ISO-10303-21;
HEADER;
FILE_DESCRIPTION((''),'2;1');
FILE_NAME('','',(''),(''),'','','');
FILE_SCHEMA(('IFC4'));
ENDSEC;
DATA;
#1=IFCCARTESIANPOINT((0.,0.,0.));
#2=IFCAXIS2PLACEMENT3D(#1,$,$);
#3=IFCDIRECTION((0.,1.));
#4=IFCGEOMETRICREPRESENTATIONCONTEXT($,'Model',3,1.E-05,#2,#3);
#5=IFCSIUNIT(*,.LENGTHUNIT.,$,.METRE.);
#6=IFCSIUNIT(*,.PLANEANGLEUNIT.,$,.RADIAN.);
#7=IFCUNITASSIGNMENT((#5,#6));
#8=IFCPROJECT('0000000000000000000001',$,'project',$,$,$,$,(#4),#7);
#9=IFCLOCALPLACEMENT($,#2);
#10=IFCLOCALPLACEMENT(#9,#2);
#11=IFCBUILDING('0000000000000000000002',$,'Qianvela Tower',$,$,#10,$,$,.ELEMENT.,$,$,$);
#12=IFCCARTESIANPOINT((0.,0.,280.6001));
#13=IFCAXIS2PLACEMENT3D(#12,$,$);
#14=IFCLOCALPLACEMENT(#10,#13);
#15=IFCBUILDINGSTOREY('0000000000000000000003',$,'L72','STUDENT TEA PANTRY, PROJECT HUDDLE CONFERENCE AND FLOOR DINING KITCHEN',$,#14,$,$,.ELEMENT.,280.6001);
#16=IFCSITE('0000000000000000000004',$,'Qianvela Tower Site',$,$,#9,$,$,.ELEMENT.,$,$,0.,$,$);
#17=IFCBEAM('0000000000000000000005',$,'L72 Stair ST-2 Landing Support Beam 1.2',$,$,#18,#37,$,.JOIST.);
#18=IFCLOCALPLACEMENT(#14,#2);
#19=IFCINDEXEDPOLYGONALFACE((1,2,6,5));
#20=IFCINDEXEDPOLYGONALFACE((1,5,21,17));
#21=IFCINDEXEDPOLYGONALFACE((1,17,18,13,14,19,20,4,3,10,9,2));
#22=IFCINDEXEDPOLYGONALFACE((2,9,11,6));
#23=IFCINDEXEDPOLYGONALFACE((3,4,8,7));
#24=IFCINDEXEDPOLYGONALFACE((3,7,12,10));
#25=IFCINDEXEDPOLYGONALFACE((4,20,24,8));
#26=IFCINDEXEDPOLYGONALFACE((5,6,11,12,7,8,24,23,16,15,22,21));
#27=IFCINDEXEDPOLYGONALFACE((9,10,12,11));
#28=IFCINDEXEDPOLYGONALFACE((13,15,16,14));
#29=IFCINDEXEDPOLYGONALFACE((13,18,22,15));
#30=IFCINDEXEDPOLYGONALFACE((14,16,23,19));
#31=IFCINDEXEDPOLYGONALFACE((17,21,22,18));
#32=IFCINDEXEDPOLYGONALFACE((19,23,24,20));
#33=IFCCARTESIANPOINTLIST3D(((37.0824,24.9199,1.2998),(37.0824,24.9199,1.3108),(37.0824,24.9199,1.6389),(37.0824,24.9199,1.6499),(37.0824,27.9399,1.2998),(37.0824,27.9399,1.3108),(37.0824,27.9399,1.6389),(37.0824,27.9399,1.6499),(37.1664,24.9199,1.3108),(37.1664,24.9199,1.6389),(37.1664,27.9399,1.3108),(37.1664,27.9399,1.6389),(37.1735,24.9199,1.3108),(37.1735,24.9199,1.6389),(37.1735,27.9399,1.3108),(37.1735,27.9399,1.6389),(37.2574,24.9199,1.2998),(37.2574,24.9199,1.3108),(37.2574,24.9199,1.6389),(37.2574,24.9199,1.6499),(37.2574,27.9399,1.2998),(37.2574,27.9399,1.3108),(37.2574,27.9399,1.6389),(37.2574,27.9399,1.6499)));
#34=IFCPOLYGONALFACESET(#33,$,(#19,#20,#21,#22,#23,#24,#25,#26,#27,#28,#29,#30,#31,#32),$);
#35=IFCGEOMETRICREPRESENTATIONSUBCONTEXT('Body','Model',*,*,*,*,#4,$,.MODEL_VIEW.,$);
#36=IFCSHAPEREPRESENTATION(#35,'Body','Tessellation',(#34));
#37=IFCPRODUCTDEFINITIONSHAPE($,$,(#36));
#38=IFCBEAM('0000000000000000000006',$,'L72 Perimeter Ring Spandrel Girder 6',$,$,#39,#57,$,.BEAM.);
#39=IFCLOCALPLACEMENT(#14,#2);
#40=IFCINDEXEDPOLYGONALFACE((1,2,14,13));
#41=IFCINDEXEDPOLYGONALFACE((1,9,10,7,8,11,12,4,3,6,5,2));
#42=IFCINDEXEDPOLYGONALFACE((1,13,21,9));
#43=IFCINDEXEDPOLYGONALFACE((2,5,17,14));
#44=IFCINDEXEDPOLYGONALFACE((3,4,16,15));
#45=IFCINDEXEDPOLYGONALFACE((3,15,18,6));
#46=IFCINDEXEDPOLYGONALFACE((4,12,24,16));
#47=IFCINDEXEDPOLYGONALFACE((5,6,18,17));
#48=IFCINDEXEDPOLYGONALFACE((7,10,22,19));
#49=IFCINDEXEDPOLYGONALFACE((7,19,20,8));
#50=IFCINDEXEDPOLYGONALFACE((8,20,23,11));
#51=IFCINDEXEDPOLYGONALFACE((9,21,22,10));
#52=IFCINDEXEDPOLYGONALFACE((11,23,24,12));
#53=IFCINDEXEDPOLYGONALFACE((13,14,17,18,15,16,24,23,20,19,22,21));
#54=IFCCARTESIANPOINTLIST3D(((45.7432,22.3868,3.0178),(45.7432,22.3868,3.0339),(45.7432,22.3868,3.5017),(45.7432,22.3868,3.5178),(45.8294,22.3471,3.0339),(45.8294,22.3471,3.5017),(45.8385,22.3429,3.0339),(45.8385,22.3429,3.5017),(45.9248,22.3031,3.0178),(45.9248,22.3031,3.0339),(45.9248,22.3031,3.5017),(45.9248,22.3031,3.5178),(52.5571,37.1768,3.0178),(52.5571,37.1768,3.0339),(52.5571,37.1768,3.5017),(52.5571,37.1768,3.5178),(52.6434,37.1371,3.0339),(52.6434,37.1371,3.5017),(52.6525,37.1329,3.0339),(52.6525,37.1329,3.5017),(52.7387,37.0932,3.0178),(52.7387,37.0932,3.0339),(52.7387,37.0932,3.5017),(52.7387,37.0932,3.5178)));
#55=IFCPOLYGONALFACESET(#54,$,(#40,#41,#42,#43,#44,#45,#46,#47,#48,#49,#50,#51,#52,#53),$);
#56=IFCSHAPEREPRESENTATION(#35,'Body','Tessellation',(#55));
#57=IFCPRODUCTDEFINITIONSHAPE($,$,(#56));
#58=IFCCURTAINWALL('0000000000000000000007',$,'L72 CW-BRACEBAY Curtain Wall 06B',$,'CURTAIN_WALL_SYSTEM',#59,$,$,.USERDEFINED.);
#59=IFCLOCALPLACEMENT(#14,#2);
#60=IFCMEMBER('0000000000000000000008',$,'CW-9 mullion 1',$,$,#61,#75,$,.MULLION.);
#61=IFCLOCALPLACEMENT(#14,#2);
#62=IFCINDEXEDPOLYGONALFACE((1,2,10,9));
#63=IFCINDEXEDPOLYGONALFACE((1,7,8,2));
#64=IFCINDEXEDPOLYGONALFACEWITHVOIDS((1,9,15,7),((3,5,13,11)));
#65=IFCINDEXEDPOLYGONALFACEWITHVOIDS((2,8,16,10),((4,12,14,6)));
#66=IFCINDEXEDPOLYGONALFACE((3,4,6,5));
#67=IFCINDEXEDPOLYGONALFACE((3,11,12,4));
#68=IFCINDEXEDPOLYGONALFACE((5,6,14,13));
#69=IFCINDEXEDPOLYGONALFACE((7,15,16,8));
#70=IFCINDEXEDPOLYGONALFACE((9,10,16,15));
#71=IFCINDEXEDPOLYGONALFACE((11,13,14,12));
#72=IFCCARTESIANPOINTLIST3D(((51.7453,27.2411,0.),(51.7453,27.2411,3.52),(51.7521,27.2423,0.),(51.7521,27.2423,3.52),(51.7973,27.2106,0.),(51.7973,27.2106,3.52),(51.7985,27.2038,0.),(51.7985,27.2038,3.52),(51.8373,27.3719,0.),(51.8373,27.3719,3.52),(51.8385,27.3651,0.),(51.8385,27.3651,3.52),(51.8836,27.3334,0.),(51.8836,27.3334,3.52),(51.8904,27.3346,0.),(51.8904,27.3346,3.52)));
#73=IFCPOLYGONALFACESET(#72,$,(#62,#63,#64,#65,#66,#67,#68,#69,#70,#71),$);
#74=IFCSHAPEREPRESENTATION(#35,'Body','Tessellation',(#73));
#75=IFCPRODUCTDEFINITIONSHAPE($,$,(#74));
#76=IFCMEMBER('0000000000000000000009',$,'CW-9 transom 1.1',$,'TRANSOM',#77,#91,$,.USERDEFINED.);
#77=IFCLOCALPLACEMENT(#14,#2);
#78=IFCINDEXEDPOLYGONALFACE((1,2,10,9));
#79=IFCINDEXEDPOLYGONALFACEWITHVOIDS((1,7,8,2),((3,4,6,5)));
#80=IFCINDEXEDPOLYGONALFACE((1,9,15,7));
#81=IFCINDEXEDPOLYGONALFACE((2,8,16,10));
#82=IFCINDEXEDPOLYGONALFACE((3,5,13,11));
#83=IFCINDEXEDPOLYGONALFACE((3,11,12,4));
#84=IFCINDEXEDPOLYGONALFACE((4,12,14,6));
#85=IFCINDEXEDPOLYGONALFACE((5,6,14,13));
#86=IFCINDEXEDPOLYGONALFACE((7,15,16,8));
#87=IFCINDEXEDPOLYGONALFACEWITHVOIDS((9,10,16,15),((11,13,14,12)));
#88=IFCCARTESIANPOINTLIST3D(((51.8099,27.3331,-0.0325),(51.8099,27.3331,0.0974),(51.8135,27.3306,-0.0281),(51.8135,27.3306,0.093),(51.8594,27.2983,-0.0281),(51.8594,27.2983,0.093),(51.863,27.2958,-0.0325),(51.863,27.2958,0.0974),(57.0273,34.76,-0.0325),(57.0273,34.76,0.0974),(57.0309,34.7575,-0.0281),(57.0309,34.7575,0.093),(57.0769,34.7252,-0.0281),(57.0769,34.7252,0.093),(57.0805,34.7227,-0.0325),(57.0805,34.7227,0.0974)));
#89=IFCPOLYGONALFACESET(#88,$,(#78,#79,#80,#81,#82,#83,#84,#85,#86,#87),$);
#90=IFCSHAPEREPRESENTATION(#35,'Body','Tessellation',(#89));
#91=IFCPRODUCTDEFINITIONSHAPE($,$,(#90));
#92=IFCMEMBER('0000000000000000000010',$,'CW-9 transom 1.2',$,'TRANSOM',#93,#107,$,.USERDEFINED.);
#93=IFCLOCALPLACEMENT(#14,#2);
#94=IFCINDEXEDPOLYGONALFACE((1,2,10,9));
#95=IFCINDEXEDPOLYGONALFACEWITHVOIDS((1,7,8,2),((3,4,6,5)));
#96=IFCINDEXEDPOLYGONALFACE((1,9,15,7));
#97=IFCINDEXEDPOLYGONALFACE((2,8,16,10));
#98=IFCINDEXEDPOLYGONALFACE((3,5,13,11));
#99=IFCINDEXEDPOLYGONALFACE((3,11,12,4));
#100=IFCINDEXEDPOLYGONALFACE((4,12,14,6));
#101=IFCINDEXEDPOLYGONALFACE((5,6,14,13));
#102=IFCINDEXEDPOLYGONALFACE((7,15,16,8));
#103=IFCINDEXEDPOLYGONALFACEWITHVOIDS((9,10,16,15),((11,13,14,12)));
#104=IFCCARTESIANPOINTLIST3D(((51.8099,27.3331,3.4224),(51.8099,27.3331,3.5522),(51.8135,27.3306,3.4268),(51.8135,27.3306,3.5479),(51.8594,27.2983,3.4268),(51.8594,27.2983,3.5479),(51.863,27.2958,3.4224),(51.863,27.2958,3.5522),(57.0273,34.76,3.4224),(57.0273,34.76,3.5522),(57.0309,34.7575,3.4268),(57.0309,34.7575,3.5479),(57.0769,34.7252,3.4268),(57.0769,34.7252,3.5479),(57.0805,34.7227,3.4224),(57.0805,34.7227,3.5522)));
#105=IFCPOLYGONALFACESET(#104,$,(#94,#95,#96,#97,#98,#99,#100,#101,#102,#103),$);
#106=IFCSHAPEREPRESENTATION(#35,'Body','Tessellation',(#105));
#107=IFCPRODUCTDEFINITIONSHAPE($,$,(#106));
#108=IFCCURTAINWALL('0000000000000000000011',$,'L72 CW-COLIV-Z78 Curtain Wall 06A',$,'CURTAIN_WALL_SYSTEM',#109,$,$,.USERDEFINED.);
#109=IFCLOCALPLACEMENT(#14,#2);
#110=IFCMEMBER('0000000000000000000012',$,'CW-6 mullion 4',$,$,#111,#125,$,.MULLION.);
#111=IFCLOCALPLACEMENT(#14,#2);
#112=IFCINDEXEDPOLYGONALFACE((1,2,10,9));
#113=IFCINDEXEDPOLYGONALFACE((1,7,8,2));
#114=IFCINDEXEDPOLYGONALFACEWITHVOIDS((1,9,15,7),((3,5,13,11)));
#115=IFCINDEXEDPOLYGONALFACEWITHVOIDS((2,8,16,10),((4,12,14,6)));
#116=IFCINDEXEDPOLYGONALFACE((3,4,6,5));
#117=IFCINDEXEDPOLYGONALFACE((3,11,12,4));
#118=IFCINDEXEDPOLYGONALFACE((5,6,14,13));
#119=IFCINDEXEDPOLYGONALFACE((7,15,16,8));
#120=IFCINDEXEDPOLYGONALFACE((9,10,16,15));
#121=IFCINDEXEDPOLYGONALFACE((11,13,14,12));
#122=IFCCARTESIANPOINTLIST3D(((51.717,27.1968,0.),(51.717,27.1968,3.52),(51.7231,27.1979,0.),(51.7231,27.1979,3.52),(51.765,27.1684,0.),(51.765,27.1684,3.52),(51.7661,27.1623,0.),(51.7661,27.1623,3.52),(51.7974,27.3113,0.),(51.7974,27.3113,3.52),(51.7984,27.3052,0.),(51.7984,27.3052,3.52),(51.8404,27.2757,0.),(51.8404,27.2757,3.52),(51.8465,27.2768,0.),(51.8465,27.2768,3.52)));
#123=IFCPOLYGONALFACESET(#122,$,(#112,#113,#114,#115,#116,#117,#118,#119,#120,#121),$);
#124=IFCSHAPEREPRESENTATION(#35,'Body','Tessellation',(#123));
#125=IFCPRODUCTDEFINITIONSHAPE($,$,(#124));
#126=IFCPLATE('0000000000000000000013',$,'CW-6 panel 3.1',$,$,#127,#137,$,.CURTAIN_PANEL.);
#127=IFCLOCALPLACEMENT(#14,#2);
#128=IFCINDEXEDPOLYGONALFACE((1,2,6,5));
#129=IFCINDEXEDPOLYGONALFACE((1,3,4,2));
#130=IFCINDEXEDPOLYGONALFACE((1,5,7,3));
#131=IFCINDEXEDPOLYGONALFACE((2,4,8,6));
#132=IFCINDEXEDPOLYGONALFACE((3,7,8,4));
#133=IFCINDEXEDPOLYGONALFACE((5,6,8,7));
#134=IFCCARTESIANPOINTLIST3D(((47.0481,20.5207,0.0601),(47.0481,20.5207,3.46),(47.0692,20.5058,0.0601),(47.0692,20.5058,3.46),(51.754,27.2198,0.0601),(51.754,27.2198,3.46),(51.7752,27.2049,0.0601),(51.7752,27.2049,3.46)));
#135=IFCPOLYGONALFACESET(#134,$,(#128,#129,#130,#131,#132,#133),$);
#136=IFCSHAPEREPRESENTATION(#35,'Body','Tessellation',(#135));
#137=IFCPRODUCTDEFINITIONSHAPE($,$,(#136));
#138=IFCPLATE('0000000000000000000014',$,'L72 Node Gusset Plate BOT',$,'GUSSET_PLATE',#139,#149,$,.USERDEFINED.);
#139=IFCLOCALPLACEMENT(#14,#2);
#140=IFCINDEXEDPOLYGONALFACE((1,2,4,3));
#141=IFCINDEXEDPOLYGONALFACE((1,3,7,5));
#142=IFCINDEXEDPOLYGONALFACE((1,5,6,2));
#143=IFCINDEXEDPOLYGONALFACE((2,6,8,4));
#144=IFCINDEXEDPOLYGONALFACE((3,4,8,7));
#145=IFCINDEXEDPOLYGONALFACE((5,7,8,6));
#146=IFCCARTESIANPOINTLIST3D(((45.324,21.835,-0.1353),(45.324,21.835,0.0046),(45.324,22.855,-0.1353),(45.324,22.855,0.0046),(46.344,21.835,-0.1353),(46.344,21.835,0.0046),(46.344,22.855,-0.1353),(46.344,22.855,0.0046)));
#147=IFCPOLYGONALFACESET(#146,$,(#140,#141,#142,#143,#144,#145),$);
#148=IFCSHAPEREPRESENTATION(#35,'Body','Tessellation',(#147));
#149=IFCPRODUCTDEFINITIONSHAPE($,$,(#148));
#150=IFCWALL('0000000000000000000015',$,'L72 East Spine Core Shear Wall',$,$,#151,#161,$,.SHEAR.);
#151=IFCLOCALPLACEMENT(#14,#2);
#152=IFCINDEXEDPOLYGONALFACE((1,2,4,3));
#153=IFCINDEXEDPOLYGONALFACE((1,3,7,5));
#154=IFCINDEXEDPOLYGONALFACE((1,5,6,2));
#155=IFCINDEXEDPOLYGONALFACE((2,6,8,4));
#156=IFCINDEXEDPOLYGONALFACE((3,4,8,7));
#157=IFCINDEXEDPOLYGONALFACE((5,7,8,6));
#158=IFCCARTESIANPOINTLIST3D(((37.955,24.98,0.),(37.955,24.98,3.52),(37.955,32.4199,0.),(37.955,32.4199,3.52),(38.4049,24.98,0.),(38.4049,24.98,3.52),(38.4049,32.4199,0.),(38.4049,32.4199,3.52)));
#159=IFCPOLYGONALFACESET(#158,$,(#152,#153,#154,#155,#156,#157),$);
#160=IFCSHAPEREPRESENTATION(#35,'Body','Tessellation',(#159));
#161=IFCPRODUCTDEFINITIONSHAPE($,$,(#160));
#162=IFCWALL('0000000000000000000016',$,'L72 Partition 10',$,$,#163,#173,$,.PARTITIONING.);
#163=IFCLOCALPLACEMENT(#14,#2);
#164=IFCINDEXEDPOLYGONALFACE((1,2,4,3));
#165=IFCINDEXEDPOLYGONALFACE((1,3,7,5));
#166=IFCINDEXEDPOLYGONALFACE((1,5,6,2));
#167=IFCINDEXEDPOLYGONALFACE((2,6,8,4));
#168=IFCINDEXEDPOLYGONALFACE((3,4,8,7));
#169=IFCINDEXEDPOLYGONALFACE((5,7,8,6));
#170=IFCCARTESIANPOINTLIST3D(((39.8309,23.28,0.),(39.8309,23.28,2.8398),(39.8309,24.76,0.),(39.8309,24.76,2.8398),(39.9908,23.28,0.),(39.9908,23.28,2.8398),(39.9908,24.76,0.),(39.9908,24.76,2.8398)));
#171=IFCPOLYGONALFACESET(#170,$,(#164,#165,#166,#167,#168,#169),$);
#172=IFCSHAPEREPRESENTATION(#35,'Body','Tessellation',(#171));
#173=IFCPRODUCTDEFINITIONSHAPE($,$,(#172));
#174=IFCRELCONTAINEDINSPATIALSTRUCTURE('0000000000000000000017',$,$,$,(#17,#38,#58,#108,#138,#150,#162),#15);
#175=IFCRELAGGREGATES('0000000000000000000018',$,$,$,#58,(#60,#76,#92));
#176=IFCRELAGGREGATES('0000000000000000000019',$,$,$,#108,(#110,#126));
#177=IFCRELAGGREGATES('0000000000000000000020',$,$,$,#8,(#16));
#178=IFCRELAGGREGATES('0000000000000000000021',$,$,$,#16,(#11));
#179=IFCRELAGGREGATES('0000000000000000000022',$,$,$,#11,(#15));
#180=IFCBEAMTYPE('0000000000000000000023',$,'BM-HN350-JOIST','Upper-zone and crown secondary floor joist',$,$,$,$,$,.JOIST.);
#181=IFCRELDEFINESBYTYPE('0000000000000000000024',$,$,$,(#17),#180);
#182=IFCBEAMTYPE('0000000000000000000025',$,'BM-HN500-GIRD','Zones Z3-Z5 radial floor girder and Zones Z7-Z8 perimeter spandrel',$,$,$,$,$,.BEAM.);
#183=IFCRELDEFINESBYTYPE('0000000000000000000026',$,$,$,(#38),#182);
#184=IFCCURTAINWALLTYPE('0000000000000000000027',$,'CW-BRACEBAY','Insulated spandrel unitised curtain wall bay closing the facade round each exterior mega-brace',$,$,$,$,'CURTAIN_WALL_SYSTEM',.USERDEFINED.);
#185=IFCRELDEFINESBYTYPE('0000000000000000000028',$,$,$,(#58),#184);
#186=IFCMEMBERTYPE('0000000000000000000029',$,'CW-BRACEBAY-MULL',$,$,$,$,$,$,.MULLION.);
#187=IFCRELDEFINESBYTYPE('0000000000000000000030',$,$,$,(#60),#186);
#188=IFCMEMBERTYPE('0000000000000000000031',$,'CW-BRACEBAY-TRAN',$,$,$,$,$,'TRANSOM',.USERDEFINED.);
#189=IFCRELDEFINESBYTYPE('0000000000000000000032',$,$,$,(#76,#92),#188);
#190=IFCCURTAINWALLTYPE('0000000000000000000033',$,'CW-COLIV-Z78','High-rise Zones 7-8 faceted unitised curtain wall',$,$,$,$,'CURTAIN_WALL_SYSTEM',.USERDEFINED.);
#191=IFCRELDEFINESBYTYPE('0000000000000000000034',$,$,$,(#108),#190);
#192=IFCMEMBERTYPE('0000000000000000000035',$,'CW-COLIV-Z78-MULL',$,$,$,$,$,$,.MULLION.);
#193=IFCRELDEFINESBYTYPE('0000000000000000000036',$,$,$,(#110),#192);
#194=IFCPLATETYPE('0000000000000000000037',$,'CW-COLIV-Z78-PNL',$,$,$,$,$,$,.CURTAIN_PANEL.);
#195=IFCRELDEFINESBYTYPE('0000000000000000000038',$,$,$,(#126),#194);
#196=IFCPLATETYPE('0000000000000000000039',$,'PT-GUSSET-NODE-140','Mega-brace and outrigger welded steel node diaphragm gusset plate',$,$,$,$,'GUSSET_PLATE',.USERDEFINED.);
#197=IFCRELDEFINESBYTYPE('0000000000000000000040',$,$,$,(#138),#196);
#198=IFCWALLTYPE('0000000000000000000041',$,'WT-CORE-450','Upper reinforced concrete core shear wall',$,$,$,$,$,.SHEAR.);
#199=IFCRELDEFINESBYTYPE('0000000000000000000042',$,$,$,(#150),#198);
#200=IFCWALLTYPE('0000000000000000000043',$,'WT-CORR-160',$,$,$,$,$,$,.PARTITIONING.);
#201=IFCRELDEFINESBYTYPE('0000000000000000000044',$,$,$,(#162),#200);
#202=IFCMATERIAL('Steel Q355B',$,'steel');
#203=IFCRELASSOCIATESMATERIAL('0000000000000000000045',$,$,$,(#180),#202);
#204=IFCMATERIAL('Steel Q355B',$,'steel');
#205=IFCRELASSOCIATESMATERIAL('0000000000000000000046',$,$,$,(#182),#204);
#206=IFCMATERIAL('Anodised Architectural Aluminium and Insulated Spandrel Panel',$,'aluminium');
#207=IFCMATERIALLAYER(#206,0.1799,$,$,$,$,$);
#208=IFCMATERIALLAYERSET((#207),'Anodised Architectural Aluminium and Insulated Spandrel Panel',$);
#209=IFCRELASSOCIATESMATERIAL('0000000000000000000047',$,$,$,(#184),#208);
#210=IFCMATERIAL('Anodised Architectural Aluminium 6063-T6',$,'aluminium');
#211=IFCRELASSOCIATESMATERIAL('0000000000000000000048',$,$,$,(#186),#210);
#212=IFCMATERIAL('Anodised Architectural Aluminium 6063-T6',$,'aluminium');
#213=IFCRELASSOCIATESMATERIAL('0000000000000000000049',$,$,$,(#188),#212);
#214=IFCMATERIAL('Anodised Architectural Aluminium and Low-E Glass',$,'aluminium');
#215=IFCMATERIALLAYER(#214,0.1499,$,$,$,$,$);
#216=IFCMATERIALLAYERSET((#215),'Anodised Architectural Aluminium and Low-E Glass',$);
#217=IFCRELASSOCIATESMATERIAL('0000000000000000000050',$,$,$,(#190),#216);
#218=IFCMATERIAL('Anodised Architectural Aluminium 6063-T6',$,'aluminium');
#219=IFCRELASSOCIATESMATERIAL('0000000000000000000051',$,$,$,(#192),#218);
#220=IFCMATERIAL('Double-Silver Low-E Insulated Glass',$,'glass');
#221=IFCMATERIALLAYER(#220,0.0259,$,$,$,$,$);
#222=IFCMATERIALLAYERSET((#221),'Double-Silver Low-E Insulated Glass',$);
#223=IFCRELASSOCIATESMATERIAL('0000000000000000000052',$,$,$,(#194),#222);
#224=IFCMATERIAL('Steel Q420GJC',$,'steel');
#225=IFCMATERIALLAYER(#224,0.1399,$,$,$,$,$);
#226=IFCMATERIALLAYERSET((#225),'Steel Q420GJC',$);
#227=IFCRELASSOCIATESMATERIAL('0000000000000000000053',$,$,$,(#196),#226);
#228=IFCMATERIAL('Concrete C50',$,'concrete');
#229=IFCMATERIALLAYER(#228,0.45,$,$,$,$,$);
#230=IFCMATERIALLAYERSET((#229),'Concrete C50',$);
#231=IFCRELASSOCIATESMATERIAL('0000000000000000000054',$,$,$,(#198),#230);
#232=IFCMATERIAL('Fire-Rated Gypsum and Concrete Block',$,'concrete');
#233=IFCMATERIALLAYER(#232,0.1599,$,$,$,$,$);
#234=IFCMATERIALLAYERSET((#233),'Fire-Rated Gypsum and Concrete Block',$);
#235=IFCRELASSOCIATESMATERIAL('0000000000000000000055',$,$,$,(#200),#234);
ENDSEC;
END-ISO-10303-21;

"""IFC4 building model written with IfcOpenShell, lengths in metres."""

from ifc_helpers import new_model, si_unit, direction, frame, frame_2d, origin, origin_2d, place, context, subcontext, project, spatial, rectangle, hollow_rectangle, i_section, extrude, material, layer, layer_set, material_profile, profile_set, type_object, element, aggregate, save


model = new_model("IFC4")

# Units and contexts
model_context = context("Model", 3, precision=1e-05, world=origin(), true_north=direction((0.0, 1.0)))
body_context = subcontext(model_context, "Body", "Model", "MODEL_VIEW")
ifc_project = project(units=[si_unit("LENGTHUNIT", "METRE"), si_unit("PLANEANGLEUNIT", "RADIAN")], contexts=[model_context])

# Site, building, storey
site_placement = place(None, origin())
site = spatial("IfcSite", under=ifc_project, at=site_placement, Name="Qianvela Tower Site", CompositionType="ELEMENT", RefElevation=0.0)
building_placement = place(site_placement, origin())
building = spatial("IfcBuilding", under=site, at=building_placement, Name="Qianvela Tower", CompositionType="ELEMENT")
storey_placement = place(building_placement, frame((0.0, 0.0, 280.6001)))
storey = spatial("IfcBuildingStorey", under=building, at=storey_placement, Name="L72", Description="STUDENT TEA PANTRY, PROJECT HUDDLE CONFERENCE AND FLOOR DINING KITCHEN", CompositionType="ELEMENT", Elevation=280.6001)

# Beams
ifc_material_1 = material(Name="Steel Q355B", Category="steel")
ifc_material_profile_1 = material_profile(ifc_material_1, i_section(OverallWidth=0.175, OverallDepth=0.3501, WebThickness=0.0071, FlangeThickness=0.011, at=origin_2d()), Name="HN350x175x7x11")
ifc_profile_set_1 = profile_set([ifc_material_profile_1], Name="Steel Q355B")
beam_type_1 = type_object("IfcBeamType", Name="BM-HN350-JOIST", Description="Upper-zone and crown secondary floor joist", PredefinedType="JOIST", material=ifc_profile_set_1)
for number, where, z_axis, x_axis, name in (
    (1, (37.1699, 24.9199, 1.4749), (0.0, 1.0, 0.0), (-1.0, 0.0, 0.0), "L72 Stair ST-2 Landing Support Beam 1.2"),
):
    element("IfcBeam", number, at=place(storey_placement, frame(where, z_axis=z_axis, x_axis=x_axis)), inside=storey, type_object=beam_type_1, Name=name, PredefinedType="JOIST", context=body_context, shape_type="SweptSolid", body=[
        extrude(i_section(OverallWidth=0.175, OverallDepth=0.3501, WebThickness=0.0071, FlangeThickness=0.011, at=origin_2d()), origin(), (0.0, 0.0, 1.0), 3.02),
    ])
ifc_material_2 = material(Name="Steel Q355B", Category="steel")
ifc_material_profile_2 = material_profile(ifc_material_2, i_section(OverallWidth=0.2, OverallDepth=0.5, WebThickness=0.01, FlangeThickness=0.0161, at=origin_2d()), Name="HN500x200x10x16")
ifc_profile_set_2 = profile_set([ifc_material_profile_2], Name="Steel Q355B")
beam_type_2 = type_object("IfcBeamType", Name="BM-HN500-GIRD", Description="Zones Z3-Z5 radial floor girder and Zones Z7-Z8 perimeter spandrel", PredefinedType="BEAM", material=ifc_profile_set_2)
beam_placement = place(storey_placement, frame((45.834, 22.345, 3.2678), z_axis=(0.41844, 0.908244, 0.0), x_axis=(-0.908244, 0.41844, 0.0)))
element("IfcBeam", 2, at=beam_placement, inside=storey, type_object=beam_type_2, Name="L72 Perimeter Ring Spandrel Girder 6", PredefinedType="BEAM", context=body_context, shape_type="SweptSolid", body=[
    extrude(i_section(OverallWidth=0.2, OverallDepth=0.5, WebThickness=0.01, FlangeThickness=0.0161, at=origin_2d()), origin(), (0.0, 0.0, 1.0), 16.2842),
])

# Curtain wall, members
ifc_material_3 = material(Name="Anodised Architectural Aluminium and Insulated Spandrel Panel", Category="aluminium")
ifc_layer_1 = layer(ifc_material_3, 0.1799)
ifc_layer_set_1 = layer_set([ifc_layer_1], Name="Anodised Architectural Aluminium and Insulated Spandrel Panel")
curtain_wall_type_1 = type_object("IfcCurtainWallType", Name="CW-BRACEBAY", Description="Insulated spandrel unitised curtain wall bay closing the facade round each exterior mega-brace", ElementType="CURTAIN_WALL_SYSTEM", PredefinedType="USERDEFINED", material=ifc_layer_set_1)
curtain_wall_1_placement = place(storey_placement, origin())
curtain_wall_1 = element("IfcCurtainWall", 3, at=curtain_wall_1_placement, inside=storey, type_object=curtain_wall_type_1, Name="L72 CW-BRACEBAY Curtain Wall 06B", ObjectType="CURTAIN_WALL_SYSTEM", PredefinedType="USERDEFINED")
ifc_material_4 = material(Name="Anodised Architectural Aluminium 6063-T6", Category="aluminium")
ifc_material_profile_3 = material_profile(ifc_material_4, hollow_rectangle(XDim=0.0649, YDim=0.1599, WallThickness=0.0049, at=origin_2d()), Name="ALU-MULL-65x160")
ifc_profile_set_3 = profile_set([ifc_material_profile_3], Name="Anodised Architectural Aluminium 6063-T6")
member_type_1 = type_object("IfcMemberType", Name="CW-BRACEBAY-MULL", PredefinedType="MULLION", material=ifc_profile_set_3)
member_1_placement = place(storey_placement, frame((51.8179, 27.2878, 0.0), z_axis=(0.0, 0.0, 1.0), x_axis=(-0.818276, 0.574826, 0.0)))
member_1 = element("IfcMember", 4, at=member_1_placement, type_object=member_type_1, Name="CW-9 mullion 1", PredefinedType="MULLION", context=body_context, shape_type="SweptSolid", body=[
    extrude(hollow_rectangle(XDim=0.0649, YDim=0.1599, WallThickness=0.0049, at=origin_2d()), origin(), (0.0, 0.0, 1.0), 3.52),
])
ifc_material_5 = material(Name="Anodised Architectural Aluminium 6063-T6", Category="aluminium")
ifc_material_profile_4 = material_profile(ifc_material_5, hollow_rectangle(XDim=0.0649, YDim=0.1299, WallThickness=0.0044, at=origin_2d()), Name="ALU-TRAN-65x130")
ifc_profile_set_4 = profile_set([ifc_material_profile_4], Name="Anodised Architectural Aluminium 6063-T6")
member_type_2 = type_object("IfcMemberType", Name="CW-BRACEBAY-TRAN", ElementType="TRANSOM", PredefinedType="USERDEFINED", material=ifc_profile_set_4)
member_2_placement = place(storey_placement, frame((51.8364, 27.3145, 0.0325), z_axis=(0.574839, 0.818267, 0.0), x_axis=(-0.818267, 0.574839, 0.0)))
member_2 = element("IfcMember", 5, at=member_2_placement, type_object=member_type_2, Name="CW-9 transom 1.1", ObjectType="TRANSOM", PredefinedType="USERDEFINED", context=body_context, shape_type="SweptSolid", body=[
    extrude(hollow_rectangle(XDim=0.0649, YDim=0.1299, WallThickness=0.0044, at=origin_2d()), origin(), (0.0, 0.0, 1.0), 9.0764),
])
member_3_placement = place(storey_placement, frame((51.8364, 27.3145, 3.4873), z_axis=(0.574839, 0.818267, 0.0), x_axis=(-0.818267, 0.574839, 0.0)))
member_3 = element("IfcMember", 6, at=member_3_placement, type_object=member_type_2, Name="CW-9 transom 1.2", ObjectType="TRANSOM", PredefinedType="USERDEFINED", context=body_context, shape_type="SweptSolid", body=[
    extrude(hollow_rectangle(XDim=0.0649, YDim=0.1299, WallThickness=0.0044, at=origin_2d()), origin(), (0.0, 0.0, 1.0), 9.0764),
])
aggregate(curtain_wall_1, [member_1, member_2, member_3])

# Curtain wall, member, plate
ifc_material_6 = material(Name="Anodised Architectural Aluminium and Low-E Glass", Category="aluminium")
ifc_layer_2 = layer(ifc_material_6, 0.1499)
ifc_layer_set_2 = layer_set([ifc_layer_2], Name="Anodised Architectural Aluminium and Low-E Glass")
curtain_wall_type_2 = type_object("IfcCurtainWallType", Name="CW-COLIV-Z78", Description="High-rise Zones 7-8 faceted unitised curtain wall", ElementType="CURTAIN_WALL_SYSTEM", PredefinedType="USERDEFINED", material=ifc_layer_set_2)
curtain_wall_2_placement = place(storey_placement, origin())
curtain_wall_2 = element("IfcCurtainWall", 7, at=curtain_wall_2_placement, inside=storey, type_object=curtain_wall_type_2, Name="L72 CW-COLIV-Z78 Curtain Wall 06A", ObjectType="CURTAIN_WALL_SYSTEM", PredefinedType="USERDEFINED")
ifc_material_7 = material(Name="Anodised Architectural Aluminium 6063-T6", Category="aluminium")
ifc_material_profile_5 = material_profile(ifc_material_7, hollow_rectangle(XDim=0.0601, YDim=0.1399, WallThickness=0.0044, at=origin_2d()), Name="ALU-MULL-60x140")
ifc_profile_set_5 = profile_set([ifc_material_profile_5], Name="Anodised Architectural Aluminium 6063-T6")
member_type_3 = type_object("IfcMemberType", Name="CW-COLIV-Z78-MULL", PredefinedType="MULLION", material=ifc_profile_set_5)
member_4_placement = place(storey_placement, frame((51.7817, 27.2368, 0.0), z_axis=(0.0, 0.0, 1.0), x_axis=(-0.81828, 0.57482, 0.0)))
member_4 = element("IfcMember", 8, at=member_4_placement, type_object=member_type_3, Name="CW-6 mullion 4", PredefinedType="MULLION", context=body_context, shape_type="SweptSolid", body=[
    extrude(hollow_rectangle(XDim=0.0601, YDim=0.1399, WallThickness=0.0044, at=origin_2d()), origin(), (0.0, 0.0, 1.0), 3.52),
])
ifc_material_8 = material(Name="Double-Silver Low-E Insulated Glass", Category="glass")
ifc_layer_3 = layer(ifc_material_8, 0.0259)
ifc_layer_set_3 = layer_set([ifc_layer_3], Name="Double-Silver Low-E Insulated Glass")
plate_type_1 = type_object("IfcPlateType", Name="CW-COLIV-Z78-PNL", PredefinedType="CURTAIN_PANEL", material=ifc_layer_set_3)
plate_1_placement = place(storey_placement, frame((49.4116, 23.8628, 0.0601), z_axis=(0.0, 0.0, 1.0), x_axis=(0.57482, 0.81828, 0.0)))
plate_1 = element("IfcPlate", 9, at=plate_1_placement, type_object=plate_type_1, Name="CW-6 panel 3.1", PredefinedType="CURTAIN_PANEL", context=body_context, shape_type="SweptSolid", body=[
    extrude(rectangle(XDim=8.1868, YDim=0.0259, at=origin_2d()), origin(), (0.0, 0.0, 1.0), 3.3999),
])
aggregate(curtain_wall_2, [member_4, plate_1])

# Plate
ifc_material_9 = material(Name="Steel Q420GJC", Category="steel")
ifc_layer_4 = layer(ifc_material_9, 0.1399)
ifc_layer_set_4 = layer_set([ifc_layer_4], Name="Steel Q420GJC")
plate_type_2 = type_object("IfcPlateType", Name="PT-GUSSET-NODE-140", Description="Mega-brace and outrigger welded steel node diaphragm gusset plate", ElementType="GUSSET_PLATE", PredefinedType="USERDEFINED", material=ifc_layer_set_4)
plate_2_placement = place(storey_placement, frame((45.834, 22.345, -0.1353), z_axis=(0.0, 0.0, 1.0), x_axis=(1.0, 0.0, 0.0)))
element("IfcPlate", 10, at=plate_2_placement, inside=storey, type_object=plate_type_2, Name="L72 Node Gusset Plate BOT", ObjectType="GUSSET_PLATE", PredefinedType="USERDEFINED", context=body_context, shape_type="SweptSolid", body=[
    extrude(rectangle(XDim=1.02, YDim=1.02, at=origin_2d()), origin(), (0.0, 0.0, 1.0), 0.1399),
])

# Walls
ifc_material_10 = material(Name="Concrete C50", Category="concrete")
ifc_layer_5 = layer(ifc_material_10, 0.45)
ifc_layer_set_5 = layer_set([ifc_layer_5], Name="Concrete C50")
wall_type_1 = type_object("IfcWallType", Name="WT-CORE-450", Description="Upper reinforced concrete core shear wall", PredefinedType="SHEAR", material=ifc_layer_set_5)
wall_1_placement = place(storey_placement, frame((38.1799, 24.98, 0.0), z_axis=(0.0, 0.0, 1.0), x_axis=(0.0, 1.0, 0.0)))
element("IfcWall", 11, at=wall_1_placement, inside=storey, type_object=wall_type_1, Name="L72 East Spine Core Shear Wall", PredefinedType="SHEAR", context=body_context, shape_type="SweptSolid", body=[
    extrude(rectangle(XDim=7.4399, YDim=0.45, at=frame_2d((3.72, 0.0))), origin(), (0.0, 0.0, 1.0), 3.52),
])
ifc_material_11 = material(Name="Fire-Rated Gypsum and Concrete Block", Category="concrete")
ifc_layer_6 = layer(ifc_material_11, 0.1599)
ifc_layer_set_6 = layer_set([ifc_layer_6], Name="Fire-Rated Gypsum and Concrete Block")
wall_type_2 = type_object("IfcWallType", Name="WT-CORR-160", PredefinedType="PARTITIONING", material=ifc_layer_set_6)
wall_2_placement = place(storey_placement, frame((39.9109, 23.28, 0.0), z_axis=(0.0, 0.0, 1.0), x_axis=(0.0, 1.0, 0.0)))
element("IfcWall", 12, at=wall_2_placement, inside=storey, type_object=wall_type_2, Name="L72 Partition 10", PredefinedType="PARTITIONING", context=body_context, shape_type="SweptSolid", body=[
    extrude(rectangle(XDim=1.48, YDim=0.1599, at=frame_2d((0.74, 0.0))), origin(), (0.0, 0.0, 1.0), 2.8398),
])

save(model, "model.ifc")
